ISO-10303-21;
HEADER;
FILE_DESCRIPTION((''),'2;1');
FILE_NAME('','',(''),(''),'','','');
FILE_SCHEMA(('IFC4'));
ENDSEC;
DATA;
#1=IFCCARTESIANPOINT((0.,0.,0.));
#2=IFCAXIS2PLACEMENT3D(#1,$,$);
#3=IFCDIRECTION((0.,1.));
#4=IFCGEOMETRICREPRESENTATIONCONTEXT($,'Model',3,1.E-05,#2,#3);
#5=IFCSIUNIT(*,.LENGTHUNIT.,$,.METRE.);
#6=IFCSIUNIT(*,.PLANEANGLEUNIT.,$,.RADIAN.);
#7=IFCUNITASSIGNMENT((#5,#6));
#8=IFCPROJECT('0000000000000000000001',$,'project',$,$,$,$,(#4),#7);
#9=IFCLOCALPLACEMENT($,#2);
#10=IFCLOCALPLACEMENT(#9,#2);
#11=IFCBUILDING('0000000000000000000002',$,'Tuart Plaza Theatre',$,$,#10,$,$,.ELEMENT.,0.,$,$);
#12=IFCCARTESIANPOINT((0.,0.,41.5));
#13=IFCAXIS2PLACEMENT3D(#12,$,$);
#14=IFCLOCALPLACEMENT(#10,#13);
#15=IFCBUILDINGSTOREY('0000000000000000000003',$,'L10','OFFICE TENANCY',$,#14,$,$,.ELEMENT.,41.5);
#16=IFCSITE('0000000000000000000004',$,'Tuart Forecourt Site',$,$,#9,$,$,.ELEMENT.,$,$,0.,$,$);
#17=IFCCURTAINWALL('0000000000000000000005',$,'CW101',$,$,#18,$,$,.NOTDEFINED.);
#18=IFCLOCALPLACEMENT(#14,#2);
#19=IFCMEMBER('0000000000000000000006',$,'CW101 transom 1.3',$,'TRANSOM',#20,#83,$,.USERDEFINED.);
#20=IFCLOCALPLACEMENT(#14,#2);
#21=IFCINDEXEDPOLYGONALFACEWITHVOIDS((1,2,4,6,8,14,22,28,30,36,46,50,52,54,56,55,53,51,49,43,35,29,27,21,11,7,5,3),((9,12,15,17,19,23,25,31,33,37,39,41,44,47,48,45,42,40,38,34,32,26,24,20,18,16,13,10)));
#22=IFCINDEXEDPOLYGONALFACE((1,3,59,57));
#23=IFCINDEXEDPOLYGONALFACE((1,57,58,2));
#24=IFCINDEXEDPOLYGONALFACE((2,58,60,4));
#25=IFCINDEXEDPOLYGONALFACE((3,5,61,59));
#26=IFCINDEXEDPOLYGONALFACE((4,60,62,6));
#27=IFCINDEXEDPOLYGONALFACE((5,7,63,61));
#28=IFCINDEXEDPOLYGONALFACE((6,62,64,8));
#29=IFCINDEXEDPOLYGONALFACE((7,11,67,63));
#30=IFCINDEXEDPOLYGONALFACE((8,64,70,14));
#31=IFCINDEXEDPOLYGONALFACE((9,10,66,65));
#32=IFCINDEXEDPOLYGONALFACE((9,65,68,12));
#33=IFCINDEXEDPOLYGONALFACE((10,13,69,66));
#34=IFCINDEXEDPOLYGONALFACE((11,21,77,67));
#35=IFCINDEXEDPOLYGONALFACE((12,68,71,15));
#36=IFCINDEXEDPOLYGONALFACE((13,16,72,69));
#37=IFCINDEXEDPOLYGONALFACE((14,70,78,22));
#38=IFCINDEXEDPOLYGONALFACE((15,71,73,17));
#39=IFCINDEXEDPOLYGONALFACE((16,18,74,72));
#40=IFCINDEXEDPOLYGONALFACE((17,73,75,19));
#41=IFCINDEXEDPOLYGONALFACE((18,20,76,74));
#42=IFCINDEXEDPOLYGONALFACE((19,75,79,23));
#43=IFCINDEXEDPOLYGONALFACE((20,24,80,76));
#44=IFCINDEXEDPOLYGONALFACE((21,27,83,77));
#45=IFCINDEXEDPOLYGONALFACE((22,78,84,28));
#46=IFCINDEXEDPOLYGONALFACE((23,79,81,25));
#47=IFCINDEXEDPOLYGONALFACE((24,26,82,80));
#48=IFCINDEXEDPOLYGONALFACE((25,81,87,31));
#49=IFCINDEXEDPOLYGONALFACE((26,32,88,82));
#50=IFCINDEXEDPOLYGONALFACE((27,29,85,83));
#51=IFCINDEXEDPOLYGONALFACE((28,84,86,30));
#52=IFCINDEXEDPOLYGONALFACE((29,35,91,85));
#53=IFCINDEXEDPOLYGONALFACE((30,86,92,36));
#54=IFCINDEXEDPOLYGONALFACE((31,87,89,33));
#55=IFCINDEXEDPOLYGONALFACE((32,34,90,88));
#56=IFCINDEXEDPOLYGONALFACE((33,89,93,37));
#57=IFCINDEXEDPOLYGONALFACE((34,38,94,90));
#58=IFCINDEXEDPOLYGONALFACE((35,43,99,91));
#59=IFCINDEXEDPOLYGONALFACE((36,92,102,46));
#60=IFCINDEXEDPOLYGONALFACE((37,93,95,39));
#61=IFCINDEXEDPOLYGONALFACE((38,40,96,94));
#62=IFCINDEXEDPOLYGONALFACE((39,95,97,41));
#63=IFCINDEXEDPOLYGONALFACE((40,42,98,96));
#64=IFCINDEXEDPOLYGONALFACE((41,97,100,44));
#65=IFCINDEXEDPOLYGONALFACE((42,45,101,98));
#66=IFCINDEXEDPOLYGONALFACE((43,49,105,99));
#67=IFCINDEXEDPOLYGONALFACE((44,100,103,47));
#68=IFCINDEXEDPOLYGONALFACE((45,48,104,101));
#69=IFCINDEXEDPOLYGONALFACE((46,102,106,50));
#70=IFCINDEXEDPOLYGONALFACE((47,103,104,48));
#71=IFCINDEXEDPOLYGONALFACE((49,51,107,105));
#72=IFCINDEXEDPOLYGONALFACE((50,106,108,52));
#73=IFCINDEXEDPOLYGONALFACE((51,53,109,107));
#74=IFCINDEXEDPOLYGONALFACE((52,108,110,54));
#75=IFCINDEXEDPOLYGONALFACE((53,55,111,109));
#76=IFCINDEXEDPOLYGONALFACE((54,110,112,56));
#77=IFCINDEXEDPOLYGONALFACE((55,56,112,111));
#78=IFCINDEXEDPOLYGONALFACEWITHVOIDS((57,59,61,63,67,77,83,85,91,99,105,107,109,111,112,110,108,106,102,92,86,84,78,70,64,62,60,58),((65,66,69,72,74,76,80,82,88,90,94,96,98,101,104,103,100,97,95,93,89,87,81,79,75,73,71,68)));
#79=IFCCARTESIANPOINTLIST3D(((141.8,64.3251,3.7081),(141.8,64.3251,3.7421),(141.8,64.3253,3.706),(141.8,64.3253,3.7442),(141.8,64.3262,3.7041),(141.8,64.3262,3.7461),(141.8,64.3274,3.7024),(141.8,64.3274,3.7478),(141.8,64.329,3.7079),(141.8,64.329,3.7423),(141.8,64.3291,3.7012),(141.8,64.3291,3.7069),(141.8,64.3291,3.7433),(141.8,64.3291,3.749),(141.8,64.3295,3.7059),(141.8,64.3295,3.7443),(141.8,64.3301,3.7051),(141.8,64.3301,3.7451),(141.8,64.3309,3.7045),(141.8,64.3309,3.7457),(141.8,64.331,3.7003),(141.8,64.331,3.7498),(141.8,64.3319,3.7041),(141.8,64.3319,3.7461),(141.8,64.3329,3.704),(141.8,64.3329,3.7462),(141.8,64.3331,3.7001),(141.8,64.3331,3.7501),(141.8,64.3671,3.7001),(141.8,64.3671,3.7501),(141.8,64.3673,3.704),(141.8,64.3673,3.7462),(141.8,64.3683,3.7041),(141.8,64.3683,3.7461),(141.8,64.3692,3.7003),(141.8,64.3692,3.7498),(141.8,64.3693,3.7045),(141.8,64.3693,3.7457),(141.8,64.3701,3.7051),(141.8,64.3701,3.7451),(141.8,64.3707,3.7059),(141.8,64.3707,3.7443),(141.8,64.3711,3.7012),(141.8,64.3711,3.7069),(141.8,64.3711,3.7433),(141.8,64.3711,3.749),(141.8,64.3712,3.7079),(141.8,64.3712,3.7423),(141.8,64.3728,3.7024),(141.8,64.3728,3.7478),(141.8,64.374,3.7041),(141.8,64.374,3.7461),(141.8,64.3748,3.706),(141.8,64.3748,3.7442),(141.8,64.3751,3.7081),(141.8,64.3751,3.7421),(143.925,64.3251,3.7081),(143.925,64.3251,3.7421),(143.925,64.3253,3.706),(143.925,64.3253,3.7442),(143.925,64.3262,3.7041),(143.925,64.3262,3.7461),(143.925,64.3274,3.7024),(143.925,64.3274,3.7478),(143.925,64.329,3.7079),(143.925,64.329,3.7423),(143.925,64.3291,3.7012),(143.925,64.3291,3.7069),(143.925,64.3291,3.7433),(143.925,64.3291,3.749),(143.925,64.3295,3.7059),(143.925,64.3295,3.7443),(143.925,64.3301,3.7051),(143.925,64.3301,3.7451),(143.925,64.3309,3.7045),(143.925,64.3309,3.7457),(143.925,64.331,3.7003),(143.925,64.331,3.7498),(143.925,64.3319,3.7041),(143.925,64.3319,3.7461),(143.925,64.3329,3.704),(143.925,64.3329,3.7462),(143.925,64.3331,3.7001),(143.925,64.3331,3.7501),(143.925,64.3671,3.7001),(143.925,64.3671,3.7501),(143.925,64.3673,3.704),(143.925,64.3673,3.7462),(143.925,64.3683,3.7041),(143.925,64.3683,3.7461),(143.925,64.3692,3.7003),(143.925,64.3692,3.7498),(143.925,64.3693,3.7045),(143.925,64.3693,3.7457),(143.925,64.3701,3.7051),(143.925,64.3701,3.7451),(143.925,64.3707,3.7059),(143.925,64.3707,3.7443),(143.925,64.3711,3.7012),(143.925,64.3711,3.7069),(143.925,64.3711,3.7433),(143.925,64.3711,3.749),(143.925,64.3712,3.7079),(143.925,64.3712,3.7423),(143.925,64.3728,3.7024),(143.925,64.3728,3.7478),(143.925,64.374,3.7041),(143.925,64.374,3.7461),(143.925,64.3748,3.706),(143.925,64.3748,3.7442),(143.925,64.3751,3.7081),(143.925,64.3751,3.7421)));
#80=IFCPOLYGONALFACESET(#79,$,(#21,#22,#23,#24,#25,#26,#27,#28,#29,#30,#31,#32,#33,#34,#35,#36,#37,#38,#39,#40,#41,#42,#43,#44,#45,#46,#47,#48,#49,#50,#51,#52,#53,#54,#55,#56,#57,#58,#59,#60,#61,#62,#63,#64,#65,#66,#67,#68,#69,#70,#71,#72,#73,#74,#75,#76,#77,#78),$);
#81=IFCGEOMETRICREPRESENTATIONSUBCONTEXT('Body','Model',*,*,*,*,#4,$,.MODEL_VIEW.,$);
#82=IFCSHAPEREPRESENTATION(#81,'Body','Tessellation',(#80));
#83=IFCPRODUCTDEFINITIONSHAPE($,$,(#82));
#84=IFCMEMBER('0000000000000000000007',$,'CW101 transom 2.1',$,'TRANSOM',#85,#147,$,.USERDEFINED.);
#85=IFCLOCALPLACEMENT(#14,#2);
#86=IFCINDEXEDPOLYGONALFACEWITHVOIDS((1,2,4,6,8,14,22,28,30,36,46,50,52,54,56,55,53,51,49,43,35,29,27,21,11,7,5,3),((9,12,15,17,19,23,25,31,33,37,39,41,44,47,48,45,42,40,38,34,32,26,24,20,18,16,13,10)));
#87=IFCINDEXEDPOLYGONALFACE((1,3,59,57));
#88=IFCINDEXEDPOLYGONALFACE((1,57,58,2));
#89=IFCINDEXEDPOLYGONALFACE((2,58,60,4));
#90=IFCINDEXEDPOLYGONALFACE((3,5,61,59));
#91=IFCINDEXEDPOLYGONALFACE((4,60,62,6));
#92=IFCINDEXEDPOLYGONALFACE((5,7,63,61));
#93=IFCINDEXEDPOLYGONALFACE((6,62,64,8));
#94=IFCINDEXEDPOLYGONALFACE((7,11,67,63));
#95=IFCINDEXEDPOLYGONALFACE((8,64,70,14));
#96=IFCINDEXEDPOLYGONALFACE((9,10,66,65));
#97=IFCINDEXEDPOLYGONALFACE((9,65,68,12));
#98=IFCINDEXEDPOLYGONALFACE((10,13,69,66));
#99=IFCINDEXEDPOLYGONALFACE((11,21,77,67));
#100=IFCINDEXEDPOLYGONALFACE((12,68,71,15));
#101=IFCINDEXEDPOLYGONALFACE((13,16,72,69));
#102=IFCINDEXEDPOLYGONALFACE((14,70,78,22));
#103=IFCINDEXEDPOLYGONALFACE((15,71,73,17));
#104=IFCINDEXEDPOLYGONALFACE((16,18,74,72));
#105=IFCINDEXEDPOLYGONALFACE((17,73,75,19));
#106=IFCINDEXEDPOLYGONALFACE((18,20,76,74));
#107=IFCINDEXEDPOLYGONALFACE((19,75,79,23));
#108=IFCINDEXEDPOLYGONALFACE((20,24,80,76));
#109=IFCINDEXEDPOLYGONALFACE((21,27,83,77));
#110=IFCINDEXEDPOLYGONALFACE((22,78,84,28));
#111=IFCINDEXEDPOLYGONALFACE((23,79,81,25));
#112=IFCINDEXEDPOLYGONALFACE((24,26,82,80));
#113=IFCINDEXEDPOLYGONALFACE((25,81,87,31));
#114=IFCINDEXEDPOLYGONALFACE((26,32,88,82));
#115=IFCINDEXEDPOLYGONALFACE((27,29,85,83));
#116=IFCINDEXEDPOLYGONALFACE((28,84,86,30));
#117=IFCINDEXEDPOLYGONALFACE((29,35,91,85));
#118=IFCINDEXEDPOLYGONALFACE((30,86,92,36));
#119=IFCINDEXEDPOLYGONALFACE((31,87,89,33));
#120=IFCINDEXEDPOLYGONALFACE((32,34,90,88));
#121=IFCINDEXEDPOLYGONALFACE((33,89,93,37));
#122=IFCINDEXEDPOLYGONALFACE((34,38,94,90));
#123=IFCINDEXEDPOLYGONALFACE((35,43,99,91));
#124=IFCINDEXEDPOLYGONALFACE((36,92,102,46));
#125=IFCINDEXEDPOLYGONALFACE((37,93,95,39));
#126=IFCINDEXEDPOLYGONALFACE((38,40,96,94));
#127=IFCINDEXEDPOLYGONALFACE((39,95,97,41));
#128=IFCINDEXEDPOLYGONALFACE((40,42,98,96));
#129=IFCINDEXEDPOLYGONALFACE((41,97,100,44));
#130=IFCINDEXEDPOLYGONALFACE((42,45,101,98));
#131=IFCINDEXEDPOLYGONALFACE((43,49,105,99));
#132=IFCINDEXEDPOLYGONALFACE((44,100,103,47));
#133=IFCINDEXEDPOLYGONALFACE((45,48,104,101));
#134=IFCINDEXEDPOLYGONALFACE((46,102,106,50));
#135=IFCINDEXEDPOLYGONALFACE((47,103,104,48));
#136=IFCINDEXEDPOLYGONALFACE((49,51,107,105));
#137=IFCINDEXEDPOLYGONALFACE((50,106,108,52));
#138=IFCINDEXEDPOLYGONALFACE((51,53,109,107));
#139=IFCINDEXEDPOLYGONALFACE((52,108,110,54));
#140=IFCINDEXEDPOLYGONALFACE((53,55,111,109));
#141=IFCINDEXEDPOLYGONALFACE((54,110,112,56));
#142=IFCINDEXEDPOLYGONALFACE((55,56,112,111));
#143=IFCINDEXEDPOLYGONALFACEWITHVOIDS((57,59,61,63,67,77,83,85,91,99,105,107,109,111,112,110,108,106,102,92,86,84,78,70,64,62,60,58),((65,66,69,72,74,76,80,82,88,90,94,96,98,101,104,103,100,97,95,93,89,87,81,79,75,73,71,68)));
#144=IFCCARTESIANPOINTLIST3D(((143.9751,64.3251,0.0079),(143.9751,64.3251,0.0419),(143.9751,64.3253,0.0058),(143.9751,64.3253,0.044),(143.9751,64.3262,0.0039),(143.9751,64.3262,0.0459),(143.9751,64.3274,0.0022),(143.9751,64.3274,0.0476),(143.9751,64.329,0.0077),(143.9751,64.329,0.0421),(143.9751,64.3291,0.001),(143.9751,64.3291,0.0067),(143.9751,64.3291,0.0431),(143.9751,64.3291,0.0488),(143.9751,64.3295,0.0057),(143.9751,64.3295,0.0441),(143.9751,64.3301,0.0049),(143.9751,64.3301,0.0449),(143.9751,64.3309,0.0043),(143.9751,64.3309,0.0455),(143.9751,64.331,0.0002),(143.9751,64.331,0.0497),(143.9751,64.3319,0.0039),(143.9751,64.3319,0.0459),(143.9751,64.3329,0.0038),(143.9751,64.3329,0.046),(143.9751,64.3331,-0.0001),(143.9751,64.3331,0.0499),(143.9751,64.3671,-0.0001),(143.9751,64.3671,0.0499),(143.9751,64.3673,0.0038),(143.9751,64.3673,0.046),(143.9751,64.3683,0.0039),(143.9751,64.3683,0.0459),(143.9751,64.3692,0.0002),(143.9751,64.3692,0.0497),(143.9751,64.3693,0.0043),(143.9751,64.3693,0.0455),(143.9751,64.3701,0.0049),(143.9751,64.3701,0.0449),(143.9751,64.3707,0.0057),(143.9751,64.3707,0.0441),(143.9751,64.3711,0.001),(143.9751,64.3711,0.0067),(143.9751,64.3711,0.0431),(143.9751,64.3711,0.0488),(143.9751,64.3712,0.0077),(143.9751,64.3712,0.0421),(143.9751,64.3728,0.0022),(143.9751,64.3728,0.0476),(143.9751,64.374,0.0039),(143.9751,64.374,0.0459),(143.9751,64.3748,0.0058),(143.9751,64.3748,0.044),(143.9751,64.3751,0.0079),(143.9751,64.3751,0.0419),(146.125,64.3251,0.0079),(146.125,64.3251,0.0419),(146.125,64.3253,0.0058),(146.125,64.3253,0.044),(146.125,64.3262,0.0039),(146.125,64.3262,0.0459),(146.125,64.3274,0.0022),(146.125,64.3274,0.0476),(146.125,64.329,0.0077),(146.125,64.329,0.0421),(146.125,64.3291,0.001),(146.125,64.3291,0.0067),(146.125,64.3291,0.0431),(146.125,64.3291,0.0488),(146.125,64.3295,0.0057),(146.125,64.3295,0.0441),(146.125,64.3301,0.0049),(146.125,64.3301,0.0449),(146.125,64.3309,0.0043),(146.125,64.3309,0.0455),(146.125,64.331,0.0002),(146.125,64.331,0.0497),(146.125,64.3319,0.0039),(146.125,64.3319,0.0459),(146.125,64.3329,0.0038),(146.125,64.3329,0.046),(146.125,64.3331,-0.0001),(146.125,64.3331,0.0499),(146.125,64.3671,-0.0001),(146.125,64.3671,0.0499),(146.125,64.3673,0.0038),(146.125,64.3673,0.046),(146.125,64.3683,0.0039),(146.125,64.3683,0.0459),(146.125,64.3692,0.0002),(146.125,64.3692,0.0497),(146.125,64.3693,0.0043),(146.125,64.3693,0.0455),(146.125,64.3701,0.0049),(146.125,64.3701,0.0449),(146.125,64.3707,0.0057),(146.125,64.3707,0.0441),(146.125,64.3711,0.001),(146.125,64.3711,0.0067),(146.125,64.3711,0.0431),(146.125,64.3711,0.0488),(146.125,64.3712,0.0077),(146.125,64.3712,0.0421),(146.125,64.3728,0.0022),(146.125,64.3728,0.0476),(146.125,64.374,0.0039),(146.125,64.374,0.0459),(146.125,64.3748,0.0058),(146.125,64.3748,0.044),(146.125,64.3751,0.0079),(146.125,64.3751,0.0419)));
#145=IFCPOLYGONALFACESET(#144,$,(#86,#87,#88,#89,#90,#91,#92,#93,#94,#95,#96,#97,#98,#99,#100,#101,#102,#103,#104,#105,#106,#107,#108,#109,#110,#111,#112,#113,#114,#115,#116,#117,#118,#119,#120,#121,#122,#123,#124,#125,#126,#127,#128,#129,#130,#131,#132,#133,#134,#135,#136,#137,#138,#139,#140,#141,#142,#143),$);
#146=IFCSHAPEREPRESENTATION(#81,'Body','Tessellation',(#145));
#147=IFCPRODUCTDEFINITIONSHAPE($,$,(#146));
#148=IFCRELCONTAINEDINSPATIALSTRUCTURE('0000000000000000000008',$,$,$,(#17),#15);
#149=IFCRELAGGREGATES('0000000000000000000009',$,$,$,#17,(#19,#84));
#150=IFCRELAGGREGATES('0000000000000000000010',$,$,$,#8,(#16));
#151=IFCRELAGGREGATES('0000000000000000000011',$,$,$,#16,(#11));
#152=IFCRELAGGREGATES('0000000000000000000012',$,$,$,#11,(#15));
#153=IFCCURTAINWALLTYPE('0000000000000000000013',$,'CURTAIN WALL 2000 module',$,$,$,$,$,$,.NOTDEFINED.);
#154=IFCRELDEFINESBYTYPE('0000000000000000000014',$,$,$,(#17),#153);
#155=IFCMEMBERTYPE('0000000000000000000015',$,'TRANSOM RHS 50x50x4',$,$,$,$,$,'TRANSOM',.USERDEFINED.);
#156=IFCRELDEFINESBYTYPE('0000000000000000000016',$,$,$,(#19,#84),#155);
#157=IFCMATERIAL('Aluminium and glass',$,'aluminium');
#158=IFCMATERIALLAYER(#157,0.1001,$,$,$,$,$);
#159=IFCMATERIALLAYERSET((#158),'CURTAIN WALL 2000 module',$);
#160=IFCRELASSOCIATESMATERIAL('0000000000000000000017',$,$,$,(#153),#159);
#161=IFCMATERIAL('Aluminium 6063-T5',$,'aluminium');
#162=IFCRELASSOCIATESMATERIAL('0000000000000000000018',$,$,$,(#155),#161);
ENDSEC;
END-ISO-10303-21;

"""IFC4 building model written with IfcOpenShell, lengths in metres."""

from ifc_helpers import new_model, si_unit, direction, frame, origin, origin_2d, place, context, subcontext, project, spatial, hollow_rectangle, extrude, material, layer, layer_set, material_profile, profile_set, type_object, element, aggregate, save


model = new_model("IFC4")

# Units and contexts
model_context = context("Model", 3, precision=1e-05, world=origin(), true_north=direction((0.0, 1.0)))
body_context = subcontext(model_context, "Body", "Model", "MODEL_VIEW")
ifc_project = project(units=[si_unit("LENGTHUNIT", "METRE"), si_unit("PLANEANGLEUNIT", "RADIAN")], contexts=[model_context])

# Site, building, storey
site_placement = place(None, origin())
site = spatial("IfcSite", under=ifc_project, at=site_placement, Name="Tuart Forecourt Site", CompositionType="ELEMENT", RefElevation=0.0)
building_placement = place(site_placement, origin())
building = spatial("IfcBuilding", under=site, at=building_placement, Name="Tuart Plaza Theatre", CompositionType="ELEMENT", ElevationOfRefHeight=0.0)
storey_placement = place(building_placement, frame((0.0, 0.0, 41.5)))
storey = spatial("IfcBuildingStorey", under=building, at=storey_placement, Name="L10", Description="OFFICE TENANCY", CompositionType="ELEMENT", Elevation=41.5)

# Shared definitions
ifc_material_1 = material(Name="Aluminium and glass", Category="aluminium")
ifc_layer_1 = layer(ifc_material_1, 0.1001)
ifc_layer_set_1 = layer_set([ifc_layer_1], Name="CURTAIN WALL 2000 module")
curtain_wall_type = type_object("IfcCurtainWallType", Name="CURTAIN WALL 2000 module", PredefinedType="NOTDEFINED", material=ifc_layer_set_1)

# Curtain wall, members
curtain_wall_1_placement = place(storey_placement, origin())
curtain_wall_1 = element("IfcCurtainWall", 1, at=curtain_wall_1_placement, inside=storey, type_object=curtain_wall_type, Name="CW101", PredefinedType="NOTDEFINED")
ifc_material_2 = material(Name="Aluminium 6063-T5", Category="aluminium")
ifc_material_profile_1 = material_profile(ifc_material_2, hollow_rectangle(XDim=0.05, YDim=0.05, WallThickness=0.0039, InnerFilletRadius=0.0039, OuterFilletRadius=0.0081, at=origin_2d()), Name="RHS 50x50x4")
ifc_profile_set_1 = profile_set([ifc_material_profile_1], Name="Aluminium 6063-T5")
member_type_1 = type_object("IfcMemberType", Name="TRANSOM RHS 50x50x4", ElementType="TRANSOM", PredefinedType="USERDEFINED", material=ifc_profile_set_1)
member_1_placement = place(storey_placement, frame((141.8, 64.3501, 3.7251), z_axis=(1.0, 0.0, 0.0), x_axis=(0.0, 1.0, 0.0)))
member_1 = element("IfcMember", 2, at=member_1_placement, type_object=member_type_1, Name="CW101 transom 1.3", ObjectType="TRANSOM", PredefinedType="USERDEFINED", context=body_context, shape_type="SweptSolid", body=[
    extrude(hollow_rectangle(XDim=0.05, YDim=0.05, WallThickness=0.0039, InnerFilletRadius=0.0039, OuterFilletRadius=0.0081, at=origin_2d()), origin(), (0.0, 0.0, 1.0), 2.125),
])
member_2_placement = place(storey_placement, frame((143.9751, 64.3501, 0.0249), z_axis=(1.0, 0.0, 0.0), x_axis=(0.0, 1.0, 0.0)))
member_2 = element("IfcMember", 3, at=member_2_placement, type_object=member_type_1, Name="CW101 transom 2.1", ObjectType="TRANSOM", PredefinedType="USERDEFINED", context=body_context, shape_type="SweptSolid", body=[
    extrude(hollow_rectangle(XDim=0.05, YDim=0.05, WallThickness=0.0039, InnerFilletRadius=0.0039, OuterFilletRadius=0.0081, at=origin_2d()), origin(), (0.0, 0.0, 1.0), 2.1499),
])

aggregate(curtain_wall_1, [member_1, member_2])

save(model, "model.ifc")
